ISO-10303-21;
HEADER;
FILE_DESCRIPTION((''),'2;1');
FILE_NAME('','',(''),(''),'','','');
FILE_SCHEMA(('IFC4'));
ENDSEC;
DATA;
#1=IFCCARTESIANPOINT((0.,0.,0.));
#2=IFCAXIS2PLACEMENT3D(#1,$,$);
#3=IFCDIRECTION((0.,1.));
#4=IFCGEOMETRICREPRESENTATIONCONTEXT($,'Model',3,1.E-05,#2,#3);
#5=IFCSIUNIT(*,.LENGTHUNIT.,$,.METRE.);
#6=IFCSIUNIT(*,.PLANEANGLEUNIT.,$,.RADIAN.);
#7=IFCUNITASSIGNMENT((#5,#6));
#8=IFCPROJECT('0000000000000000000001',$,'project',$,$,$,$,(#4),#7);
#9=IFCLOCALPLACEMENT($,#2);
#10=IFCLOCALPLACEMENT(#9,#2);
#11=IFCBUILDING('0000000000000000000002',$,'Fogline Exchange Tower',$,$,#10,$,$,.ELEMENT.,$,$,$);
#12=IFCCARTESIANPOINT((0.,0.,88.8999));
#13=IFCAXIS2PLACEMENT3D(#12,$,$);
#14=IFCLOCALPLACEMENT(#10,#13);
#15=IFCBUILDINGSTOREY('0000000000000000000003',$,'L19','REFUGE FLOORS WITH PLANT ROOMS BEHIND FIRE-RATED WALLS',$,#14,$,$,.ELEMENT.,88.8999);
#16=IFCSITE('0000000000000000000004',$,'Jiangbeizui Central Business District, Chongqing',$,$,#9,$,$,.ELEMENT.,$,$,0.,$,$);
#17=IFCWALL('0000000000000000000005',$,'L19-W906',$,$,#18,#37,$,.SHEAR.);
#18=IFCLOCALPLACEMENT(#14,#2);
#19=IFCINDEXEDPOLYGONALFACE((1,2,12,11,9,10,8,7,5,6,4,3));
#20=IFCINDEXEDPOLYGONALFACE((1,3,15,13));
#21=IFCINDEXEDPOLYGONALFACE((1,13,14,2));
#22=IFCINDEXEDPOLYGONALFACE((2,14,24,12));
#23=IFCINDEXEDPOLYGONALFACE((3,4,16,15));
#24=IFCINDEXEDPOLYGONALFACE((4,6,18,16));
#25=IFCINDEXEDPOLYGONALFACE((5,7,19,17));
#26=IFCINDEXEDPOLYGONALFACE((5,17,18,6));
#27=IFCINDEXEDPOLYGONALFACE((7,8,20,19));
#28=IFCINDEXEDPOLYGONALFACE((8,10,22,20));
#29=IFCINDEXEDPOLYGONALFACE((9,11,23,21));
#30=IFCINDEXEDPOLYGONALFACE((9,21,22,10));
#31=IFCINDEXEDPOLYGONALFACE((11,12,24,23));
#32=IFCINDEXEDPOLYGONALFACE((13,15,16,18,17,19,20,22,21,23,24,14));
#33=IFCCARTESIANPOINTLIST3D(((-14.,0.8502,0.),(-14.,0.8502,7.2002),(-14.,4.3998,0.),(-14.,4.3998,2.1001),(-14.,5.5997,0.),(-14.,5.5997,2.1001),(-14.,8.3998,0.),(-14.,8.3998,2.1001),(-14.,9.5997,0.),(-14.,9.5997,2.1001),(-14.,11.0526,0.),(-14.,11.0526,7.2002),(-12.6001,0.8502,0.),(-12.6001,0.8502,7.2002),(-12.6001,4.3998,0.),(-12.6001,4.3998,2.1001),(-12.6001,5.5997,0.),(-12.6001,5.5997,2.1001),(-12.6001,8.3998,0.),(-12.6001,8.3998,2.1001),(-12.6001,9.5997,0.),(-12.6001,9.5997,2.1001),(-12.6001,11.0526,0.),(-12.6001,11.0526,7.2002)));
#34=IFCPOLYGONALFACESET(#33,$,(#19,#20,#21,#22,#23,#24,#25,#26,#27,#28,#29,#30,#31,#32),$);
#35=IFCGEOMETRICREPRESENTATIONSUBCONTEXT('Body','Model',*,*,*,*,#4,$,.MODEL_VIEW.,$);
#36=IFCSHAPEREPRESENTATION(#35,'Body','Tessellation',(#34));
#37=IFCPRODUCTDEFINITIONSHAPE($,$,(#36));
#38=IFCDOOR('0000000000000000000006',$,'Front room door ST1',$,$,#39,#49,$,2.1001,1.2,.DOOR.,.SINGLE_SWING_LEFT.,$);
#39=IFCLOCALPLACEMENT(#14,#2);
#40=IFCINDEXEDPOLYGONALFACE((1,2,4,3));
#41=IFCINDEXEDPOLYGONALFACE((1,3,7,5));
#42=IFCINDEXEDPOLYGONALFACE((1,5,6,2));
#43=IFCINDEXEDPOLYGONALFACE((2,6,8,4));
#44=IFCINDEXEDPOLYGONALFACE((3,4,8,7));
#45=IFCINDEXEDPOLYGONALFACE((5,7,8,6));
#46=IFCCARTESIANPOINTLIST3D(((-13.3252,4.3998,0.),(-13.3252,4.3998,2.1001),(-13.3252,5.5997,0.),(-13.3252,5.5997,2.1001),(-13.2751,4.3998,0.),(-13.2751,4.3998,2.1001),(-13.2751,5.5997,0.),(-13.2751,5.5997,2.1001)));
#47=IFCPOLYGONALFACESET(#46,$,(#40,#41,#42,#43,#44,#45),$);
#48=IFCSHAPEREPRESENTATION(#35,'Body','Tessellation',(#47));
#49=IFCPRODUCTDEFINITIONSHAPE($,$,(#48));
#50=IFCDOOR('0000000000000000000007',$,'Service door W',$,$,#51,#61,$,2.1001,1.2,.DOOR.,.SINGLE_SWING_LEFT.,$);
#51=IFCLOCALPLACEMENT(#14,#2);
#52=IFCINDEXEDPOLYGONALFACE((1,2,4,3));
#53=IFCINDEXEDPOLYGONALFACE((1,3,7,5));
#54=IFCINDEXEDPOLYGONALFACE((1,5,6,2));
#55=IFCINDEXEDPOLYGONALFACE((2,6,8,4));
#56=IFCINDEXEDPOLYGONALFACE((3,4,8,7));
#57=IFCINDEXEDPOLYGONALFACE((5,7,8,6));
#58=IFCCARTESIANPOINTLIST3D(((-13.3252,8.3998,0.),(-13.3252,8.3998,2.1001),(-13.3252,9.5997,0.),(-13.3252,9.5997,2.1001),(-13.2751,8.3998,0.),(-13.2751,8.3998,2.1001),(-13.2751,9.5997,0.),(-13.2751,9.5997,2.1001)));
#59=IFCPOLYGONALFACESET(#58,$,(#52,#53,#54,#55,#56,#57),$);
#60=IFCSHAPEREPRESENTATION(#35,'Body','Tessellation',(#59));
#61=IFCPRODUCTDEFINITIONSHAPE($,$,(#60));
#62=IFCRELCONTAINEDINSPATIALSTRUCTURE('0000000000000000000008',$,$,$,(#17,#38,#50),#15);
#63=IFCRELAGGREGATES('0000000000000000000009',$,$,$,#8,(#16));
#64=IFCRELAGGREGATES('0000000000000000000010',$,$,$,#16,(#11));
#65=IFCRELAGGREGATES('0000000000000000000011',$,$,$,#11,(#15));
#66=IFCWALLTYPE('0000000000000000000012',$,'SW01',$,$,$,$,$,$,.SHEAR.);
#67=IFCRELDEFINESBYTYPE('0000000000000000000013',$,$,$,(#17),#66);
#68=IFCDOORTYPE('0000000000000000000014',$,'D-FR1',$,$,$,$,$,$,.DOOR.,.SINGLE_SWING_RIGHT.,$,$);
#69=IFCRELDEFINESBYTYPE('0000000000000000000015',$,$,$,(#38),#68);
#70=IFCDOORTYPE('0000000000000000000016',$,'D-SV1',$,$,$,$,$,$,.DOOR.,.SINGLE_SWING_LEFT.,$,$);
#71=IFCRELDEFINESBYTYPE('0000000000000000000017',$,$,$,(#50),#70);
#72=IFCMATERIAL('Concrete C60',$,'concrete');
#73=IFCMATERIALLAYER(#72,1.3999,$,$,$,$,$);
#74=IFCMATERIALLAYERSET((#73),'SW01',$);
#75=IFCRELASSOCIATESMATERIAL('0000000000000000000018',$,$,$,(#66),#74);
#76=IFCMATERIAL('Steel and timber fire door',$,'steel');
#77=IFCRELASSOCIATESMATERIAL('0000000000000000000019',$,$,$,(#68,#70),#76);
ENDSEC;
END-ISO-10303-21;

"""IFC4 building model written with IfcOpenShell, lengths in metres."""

from ifc_helpers import new_model, si_unit, direction, frame, frame_2d, origin, place, context, subcontext, project, spatial, rectangle, extrude, material, layer, layer_set, type_object, element, fill, save


model = new_model("IFC4")

# Units and contexts
model_context = context("Model", 3, precision=1e-05, world=origin(), true_north=direction((0.0, 1.0)))
body_context = subcontext(model_context, "Body", "Model", "MODEL_VIEW")
ifc_project = project(units=[si_unit("LENGTHUNIT", "METRE"), si_unit("PLANEANGLEUNIT", "RADIAN")], contexts=[model_context])

# Site, building, storey
site_placement = place(None, origin())
site = spatial("IfcSite", under=ifc_project, at=site_placement, Name="Jiangbeizui Central Business District, Chongqing", CompositionType="ELEMENT", RefElevation=0.0)
building_placement = place(site_placement, origin())
building = spatial("IfcBuilding", under=site, at=building_placement, Name="Fogline Exchange Tower", CompositionType="ELEMENT")
storey_placement = place(building_placement, frame((0.0, 0.0, 88.8999)))
storey = spatial("IfcBuildingStorey", under=building, at=storey_placement, Name="L19", Description="REFUGE FLOORS WITH PLANT ROOMS BEHIND FIRE-RATED WALLS", CompositionType="ELEMENT", Elevation=88.8999)

# Shared definitions
ifc_material_1 = material(Name="Steel and timber fire door", Category="steel")

# Wall, openings, doors
ifc_material_2 = material(Name="Concrete C60", Category="concrete")
ifc_layer_1 = layer(ifc_material_2, 1.3999)
ifc_layer_set_1 = layer_set([ifc_layer_1], Name="SW01")
wall_type_1 = type_object("IfcWallType", Name="SW01", PredefinedType="SHEAR", material=ifc_layer_set_1)
wall_1_placement = place(storey_placement, frame((-13.3, 11.0525, 0.0), z_axis=(0.0, 0.0, 1.0), x_axis=(0.0, -1.0, 0.0)))
wall_1 = element("IfcWall", 1, at=wall_1_placement, inside=storey, type_object=wall_type_1, Name="L19-W906", PredefinedType="SHEAR", context=body_context, shape_type="SweptSolid", body=[
    extrude(rectangle(XDim=10.2024, YDim=1.3999, at=frame_2d((5.1011, 0.0))), origin(), (0.0, 0.0, 1.0), 7.2002),
])
opening_1_placement = place(wall_1_placement, frame((5.4526, 0.0, 0.0)))
opening_1 = element("IfcOpeningElement", 2, at=opening_1_placement, cuts=wall_1, PredefinedType="OPENING", context=body_context, shape_type="SweptSolid", body=[
    extrude(rectangle(XDim=1.2, YDim=2.1001, at=frame_2d((0.6001, 1.05))), frame((0.0, 0.71, 0.0), z_axis=(0.0, -1.0, 0.0), x_axis=(1.0, 0.0, 0.0)), (0.0, 0.0, 1.0), 1.4199),
])
opening_2_placement = place(wall_1_placement, frame((1.4526, 0.0, 0.0)))
opening_2 = element("IfcOpeningElement", 3, at=opening_2_placement, cuts=wall_1, PredefinedType="OPENING", context=body_context, shape_type="SweptSolid", body=[
    extrude(rectangle(XDim=1.2, YDim=2.1001, at=frame_2d((0.6001, 1.05))), frame((0.0, 0.71, 0.0), z_axis=(0.0, -1.0, 0.0), x_axis=(1.0, 0.0, 0.0)), (0.0, 0.0, 1.0), 1.4199),
])
door_type_1 = type_object("IfcDoorType", Name="D-FR1", OperationType="SINGLE_SWING_RIGHT", PredefinedType="DOOR", material=ifc_material_1)
door_1_placement = place(opening_1_placement, origin())
door_1 = element("IfcDoor", 4, at=door_1_placement, inside=storey, type_object=door_type_1, Name="Front room door ST1", OperationType="SINGLE_SWING_LEFT", OverallHeight=2.1001, OverallWidth=1.2, PredefinedType="DOOR", context=body_context, shape_type="SweptSolid", body=[
    extrude(rectangle(XDim=1.2, YDim=2.1001, at=frame_2d((0.6001, 1.05))), frame((0.0, 0.0249, 0.0), z_axis=(0.0, -1.0, 0.0), x_axis=(1.0, 0.0, 0.0)), (0.0, 0.0, 1.0), 0.05),
])
fill(opening_1, door_1)
door_type_2 = type_object("IfcDoorType", Name="D-SV1", OperationType="SINGLE_SWING_LEFT", PredefinedType="DOOR", material=ifc_material_1)
door_2_placement = place(opening_2_placement, origin())
door_2 = element("IfcDoor", 5, at=door_2_placement, inside=storey, type_object=door_type_2, Name="Service door W", OperationType="SINGLE_SWING_LEFT", OverallHeight=2.1001, OverallWidth=1.2, PredefinedType="DOOR", context=body_context, shape_type="SweptSolid", body=[
    extrude(rectangle(XDim=1.2, YDim=2.1001, at=frame_2d((0.6001, 1.05))), frame((0.0, 0.0249, 0.0), z_axis=(0.0, -1.0, 0.0), x_axis=(1.0, 0.0, 0.0)), (0.0, 0.0, 1.0), 0.05),
])
fill(opening_2, door_2)

save(model, "model.ifc")
